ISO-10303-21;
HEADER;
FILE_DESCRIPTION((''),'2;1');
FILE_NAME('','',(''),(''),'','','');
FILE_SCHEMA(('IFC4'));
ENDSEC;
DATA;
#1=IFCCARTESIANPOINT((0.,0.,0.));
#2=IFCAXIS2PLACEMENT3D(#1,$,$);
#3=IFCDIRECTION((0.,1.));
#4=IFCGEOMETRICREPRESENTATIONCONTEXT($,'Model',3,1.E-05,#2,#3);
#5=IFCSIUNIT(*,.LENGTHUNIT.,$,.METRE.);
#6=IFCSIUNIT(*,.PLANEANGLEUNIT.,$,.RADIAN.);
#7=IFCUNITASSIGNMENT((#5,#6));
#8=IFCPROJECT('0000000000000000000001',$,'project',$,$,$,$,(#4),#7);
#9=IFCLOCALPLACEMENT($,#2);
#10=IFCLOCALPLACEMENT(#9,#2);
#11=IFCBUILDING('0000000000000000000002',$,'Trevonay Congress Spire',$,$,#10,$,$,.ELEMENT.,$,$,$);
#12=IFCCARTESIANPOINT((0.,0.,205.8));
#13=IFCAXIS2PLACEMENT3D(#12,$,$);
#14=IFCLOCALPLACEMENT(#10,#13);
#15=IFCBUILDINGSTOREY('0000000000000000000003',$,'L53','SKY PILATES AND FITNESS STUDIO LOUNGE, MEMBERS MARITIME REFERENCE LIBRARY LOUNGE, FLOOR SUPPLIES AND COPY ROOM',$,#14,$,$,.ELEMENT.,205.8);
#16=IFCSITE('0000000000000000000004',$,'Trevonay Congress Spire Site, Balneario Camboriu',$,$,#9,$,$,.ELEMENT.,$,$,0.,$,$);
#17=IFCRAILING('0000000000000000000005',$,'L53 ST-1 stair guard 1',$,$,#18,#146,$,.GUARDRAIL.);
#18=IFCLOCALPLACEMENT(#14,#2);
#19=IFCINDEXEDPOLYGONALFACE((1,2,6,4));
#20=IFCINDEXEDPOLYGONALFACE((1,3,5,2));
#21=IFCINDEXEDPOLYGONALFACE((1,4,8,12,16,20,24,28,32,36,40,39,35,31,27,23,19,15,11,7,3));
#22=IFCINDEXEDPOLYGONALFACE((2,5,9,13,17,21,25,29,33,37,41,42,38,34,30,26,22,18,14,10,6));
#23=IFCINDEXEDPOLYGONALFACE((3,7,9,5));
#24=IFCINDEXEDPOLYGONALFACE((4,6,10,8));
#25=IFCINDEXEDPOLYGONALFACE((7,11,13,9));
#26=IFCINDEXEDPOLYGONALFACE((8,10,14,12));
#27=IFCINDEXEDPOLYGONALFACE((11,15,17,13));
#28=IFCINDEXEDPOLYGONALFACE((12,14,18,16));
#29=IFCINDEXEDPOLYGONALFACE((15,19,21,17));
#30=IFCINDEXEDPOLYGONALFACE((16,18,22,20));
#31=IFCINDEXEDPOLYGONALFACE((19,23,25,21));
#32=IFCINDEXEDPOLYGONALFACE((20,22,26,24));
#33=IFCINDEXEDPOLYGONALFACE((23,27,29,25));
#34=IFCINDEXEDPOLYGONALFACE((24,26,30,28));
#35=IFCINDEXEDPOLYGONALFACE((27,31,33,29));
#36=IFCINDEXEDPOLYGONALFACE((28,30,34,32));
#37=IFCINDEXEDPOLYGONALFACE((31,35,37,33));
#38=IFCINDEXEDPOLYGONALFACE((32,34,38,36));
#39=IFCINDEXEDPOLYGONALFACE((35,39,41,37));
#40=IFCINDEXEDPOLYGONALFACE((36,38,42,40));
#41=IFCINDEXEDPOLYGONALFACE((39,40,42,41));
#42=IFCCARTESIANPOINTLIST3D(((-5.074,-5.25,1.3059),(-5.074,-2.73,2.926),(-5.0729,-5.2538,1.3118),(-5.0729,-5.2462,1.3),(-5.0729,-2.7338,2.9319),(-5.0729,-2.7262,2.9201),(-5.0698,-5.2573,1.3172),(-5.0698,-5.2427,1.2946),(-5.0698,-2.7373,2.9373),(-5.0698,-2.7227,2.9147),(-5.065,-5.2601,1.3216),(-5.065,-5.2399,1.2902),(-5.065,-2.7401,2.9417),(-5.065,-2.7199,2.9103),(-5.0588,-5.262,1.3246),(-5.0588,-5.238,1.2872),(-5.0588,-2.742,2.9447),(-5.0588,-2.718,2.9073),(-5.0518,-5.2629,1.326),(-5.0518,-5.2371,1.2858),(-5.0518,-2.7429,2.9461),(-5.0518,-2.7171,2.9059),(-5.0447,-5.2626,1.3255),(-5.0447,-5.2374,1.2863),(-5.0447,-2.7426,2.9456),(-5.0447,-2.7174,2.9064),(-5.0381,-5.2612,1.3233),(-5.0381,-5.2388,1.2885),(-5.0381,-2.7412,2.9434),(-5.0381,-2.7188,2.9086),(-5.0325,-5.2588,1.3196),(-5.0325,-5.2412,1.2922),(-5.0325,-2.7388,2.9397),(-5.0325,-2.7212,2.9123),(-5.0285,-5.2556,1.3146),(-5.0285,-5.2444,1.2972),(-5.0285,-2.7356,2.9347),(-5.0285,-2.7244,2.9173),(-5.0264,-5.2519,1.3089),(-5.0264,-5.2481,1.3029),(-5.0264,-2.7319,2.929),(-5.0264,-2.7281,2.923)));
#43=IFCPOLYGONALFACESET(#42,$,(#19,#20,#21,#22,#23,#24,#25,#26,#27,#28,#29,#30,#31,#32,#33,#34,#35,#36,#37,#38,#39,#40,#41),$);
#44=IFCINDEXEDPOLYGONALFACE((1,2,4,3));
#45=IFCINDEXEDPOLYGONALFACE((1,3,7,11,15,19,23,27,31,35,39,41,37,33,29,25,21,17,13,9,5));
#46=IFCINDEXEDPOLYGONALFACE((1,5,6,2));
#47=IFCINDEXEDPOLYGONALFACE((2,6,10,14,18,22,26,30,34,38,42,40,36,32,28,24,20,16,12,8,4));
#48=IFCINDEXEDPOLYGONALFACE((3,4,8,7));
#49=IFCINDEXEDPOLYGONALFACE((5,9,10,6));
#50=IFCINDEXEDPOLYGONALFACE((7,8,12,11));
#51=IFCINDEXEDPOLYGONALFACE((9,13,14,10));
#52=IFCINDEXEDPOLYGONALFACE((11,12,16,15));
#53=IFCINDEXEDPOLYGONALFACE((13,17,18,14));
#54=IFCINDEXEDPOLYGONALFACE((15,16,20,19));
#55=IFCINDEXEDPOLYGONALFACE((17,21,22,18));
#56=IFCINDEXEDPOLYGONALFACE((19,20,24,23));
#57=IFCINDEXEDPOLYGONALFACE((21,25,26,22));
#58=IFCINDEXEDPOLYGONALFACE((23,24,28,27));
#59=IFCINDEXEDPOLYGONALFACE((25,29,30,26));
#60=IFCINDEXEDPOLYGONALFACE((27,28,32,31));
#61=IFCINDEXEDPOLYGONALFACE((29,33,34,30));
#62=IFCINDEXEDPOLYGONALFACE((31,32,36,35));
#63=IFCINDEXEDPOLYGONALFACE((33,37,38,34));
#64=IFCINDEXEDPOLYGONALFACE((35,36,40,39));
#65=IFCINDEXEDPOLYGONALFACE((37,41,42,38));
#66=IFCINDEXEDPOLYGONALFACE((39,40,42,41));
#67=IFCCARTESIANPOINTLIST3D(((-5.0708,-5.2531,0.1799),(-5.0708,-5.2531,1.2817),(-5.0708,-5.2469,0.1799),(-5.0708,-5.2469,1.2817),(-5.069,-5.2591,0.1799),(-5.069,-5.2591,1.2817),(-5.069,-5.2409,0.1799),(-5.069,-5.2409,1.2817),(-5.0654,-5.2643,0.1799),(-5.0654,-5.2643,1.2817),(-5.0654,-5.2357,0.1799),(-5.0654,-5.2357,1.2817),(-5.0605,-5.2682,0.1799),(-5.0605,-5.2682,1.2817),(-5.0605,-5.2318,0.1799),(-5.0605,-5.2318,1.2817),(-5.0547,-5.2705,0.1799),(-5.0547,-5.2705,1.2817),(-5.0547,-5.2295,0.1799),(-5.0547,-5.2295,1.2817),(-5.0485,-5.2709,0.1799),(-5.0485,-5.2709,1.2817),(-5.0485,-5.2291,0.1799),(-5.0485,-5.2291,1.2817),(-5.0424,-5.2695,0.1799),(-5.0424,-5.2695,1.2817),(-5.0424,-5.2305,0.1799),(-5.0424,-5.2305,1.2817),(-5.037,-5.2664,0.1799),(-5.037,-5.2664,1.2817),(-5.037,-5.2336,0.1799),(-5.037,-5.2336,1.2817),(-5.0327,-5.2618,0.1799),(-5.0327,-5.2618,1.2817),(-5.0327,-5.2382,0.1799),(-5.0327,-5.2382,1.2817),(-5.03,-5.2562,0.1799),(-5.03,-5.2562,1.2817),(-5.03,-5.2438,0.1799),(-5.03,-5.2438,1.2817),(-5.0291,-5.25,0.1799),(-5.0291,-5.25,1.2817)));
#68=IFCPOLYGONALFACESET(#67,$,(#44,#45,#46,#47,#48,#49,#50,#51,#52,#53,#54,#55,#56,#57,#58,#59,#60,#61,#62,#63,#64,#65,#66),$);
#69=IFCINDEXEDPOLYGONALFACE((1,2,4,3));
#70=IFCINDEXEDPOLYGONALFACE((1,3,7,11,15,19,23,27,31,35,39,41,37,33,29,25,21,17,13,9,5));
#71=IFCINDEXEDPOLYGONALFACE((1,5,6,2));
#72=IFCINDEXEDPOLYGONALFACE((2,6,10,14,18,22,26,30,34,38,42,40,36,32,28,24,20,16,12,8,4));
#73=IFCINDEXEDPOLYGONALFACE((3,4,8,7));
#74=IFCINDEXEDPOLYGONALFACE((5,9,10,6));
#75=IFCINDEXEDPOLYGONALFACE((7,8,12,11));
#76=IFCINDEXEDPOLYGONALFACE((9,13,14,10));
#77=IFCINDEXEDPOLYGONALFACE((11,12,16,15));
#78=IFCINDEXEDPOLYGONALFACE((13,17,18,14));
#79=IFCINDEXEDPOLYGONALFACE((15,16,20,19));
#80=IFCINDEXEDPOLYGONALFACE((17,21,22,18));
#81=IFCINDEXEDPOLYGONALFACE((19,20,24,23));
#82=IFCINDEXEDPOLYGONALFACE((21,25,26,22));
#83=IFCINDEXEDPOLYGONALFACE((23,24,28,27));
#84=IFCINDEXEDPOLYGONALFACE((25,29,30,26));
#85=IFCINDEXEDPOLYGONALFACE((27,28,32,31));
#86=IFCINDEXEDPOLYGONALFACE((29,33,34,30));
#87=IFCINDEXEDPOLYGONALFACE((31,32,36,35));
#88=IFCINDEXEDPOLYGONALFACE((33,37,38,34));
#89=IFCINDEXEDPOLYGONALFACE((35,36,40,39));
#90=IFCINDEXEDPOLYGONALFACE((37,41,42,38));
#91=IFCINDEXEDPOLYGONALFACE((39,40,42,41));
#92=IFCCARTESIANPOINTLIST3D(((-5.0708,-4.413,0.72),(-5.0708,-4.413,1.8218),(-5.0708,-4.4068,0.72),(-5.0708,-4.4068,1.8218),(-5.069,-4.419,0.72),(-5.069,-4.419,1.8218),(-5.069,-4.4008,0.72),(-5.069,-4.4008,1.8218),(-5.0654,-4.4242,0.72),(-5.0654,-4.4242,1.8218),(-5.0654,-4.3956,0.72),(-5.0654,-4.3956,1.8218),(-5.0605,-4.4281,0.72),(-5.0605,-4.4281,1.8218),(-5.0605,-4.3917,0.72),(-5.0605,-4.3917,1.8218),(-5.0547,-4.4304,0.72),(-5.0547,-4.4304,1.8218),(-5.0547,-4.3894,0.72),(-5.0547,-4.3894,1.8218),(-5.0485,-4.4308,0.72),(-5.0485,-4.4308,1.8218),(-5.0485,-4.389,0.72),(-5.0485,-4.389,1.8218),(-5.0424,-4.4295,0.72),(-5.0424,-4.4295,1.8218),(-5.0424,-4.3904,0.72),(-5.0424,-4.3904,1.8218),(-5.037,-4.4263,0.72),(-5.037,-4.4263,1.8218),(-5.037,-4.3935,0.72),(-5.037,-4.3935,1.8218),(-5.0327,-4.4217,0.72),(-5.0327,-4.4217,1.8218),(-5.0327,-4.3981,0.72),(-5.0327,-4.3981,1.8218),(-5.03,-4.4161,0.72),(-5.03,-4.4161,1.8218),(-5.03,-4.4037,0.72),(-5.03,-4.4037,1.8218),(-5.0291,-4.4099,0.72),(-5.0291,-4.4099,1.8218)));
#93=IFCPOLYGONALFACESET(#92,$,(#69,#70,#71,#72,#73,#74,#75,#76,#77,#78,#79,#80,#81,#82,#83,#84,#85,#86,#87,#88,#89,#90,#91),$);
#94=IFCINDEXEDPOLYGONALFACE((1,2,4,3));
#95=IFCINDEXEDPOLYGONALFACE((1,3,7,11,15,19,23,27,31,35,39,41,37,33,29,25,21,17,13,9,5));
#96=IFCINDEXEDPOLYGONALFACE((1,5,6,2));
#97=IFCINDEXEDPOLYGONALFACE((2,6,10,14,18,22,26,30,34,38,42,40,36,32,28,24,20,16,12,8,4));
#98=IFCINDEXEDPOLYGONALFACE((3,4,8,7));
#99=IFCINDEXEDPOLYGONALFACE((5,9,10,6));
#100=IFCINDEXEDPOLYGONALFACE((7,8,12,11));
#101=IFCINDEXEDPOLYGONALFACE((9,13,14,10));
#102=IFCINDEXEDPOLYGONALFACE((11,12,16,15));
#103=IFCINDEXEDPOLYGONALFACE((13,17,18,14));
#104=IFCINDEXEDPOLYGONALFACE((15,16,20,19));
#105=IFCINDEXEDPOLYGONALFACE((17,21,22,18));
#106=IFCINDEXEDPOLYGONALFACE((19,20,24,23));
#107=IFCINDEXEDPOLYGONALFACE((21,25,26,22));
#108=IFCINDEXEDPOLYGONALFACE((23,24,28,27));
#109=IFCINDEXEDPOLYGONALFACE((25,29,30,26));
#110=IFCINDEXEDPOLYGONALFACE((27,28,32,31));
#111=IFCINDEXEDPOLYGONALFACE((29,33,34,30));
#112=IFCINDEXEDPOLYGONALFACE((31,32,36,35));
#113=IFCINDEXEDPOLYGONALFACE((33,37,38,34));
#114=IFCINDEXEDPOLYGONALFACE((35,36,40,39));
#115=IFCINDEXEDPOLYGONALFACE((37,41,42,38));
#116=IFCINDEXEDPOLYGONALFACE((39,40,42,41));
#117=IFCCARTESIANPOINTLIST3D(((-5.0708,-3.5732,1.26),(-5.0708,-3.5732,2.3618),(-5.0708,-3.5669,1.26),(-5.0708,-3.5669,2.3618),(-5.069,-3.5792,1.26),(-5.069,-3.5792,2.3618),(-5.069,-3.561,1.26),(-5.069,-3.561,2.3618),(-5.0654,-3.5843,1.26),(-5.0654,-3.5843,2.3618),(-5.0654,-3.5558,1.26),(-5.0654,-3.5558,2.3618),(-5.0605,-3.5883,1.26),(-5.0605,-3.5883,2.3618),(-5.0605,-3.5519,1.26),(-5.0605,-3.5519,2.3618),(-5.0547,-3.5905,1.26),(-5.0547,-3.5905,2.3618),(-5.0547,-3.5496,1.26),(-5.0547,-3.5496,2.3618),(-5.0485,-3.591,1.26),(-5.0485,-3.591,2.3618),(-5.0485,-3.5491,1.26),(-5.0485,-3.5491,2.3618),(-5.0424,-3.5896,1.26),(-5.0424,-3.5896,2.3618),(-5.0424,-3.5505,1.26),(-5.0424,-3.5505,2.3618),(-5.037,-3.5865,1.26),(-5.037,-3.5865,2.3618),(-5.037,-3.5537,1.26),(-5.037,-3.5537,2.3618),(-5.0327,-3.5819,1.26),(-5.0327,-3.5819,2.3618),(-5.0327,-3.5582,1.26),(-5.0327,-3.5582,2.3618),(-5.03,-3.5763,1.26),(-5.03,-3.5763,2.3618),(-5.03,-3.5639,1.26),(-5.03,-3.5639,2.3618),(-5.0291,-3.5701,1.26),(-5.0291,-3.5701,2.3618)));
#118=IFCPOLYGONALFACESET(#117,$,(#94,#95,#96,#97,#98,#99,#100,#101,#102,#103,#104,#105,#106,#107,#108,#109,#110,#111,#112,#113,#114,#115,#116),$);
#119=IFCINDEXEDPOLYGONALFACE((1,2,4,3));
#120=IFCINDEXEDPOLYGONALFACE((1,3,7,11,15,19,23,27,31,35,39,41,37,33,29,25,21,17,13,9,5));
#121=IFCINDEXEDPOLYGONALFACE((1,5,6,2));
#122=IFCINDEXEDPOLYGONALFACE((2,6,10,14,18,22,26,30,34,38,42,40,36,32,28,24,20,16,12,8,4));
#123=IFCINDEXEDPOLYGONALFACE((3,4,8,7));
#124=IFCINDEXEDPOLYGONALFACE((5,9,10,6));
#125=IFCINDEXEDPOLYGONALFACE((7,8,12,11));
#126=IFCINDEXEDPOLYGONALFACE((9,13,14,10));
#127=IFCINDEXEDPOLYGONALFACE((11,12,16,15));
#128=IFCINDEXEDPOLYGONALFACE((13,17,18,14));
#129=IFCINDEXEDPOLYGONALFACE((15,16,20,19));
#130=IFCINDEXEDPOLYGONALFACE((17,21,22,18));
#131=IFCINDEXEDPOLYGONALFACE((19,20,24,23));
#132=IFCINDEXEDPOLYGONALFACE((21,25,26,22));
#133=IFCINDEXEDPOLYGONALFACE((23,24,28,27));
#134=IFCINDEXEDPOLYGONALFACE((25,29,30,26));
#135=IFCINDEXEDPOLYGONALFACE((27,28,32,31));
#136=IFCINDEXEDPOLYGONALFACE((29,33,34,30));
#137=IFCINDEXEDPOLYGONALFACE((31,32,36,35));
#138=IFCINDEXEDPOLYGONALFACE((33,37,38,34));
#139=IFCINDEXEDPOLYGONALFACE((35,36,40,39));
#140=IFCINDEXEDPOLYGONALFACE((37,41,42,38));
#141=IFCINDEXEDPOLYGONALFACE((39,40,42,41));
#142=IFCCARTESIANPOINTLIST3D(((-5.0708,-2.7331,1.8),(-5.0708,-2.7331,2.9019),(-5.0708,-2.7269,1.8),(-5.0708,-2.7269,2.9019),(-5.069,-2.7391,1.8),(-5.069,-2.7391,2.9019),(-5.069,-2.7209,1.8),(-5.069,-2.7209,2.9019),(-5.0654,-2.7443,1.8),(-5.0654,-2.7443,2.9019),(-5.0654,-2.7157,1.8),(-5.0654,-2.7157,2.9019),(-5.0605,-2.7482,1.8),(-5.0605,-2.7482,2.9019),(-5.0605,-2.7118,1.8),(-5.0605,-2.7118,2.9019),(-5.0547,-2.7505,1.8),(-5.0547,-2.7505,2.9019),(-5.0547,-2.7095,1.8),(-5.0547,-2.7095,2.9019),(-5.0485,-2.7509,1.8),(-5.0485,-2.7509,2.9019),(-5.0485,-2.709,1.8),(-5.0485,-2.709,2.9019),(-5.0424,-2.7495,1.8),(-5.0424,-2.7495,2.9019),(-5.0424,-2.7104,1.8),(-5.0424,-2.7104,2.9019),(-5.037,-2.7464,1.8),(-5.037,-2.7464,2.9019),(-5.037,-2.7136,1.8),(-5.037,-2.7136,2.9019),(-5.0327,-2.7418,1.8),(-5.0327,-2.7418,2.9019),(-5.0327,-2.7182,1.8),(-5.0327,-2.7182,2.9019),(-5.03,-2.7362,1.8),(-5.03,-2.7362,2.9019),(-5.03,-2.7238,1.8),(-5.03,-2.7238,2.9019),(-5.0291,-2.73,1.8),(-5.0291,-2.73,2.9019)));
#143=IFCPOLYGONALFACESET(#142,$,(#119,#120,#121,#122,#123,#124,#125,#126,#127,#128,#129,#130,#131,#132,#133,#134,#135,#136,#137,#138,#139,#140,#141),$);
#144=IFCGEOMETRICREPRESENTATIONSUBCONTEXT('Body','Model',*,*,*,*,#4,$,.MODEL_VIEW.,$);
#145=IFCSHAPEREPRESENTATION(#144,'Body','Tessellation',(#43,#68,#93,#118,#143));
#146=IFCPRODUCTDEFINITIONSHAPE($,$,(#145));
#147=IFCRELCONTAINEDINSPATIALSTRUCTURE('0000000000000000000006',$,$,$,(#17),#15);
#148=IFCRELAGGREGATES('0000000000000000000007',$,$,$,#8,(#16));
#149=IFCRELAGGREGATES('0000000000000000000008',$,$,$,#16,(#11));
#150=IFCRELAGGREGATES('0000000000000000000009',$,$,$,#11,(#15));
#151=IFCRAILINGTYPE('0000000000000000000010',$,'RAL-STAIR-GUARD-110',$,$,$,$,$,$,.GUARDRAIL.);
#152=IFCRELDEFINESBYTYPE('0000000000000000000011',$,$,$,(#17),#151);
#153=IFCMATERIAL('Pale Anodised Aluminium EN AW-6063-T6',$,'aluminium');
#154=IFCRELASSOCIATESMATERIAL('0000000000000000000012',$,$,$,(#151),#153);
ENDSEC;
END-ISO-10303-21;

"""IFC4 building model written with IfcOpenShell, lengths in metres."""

from ifc_helpers import new_model, si_unit, direction, frame, origin, origin_2d, place, context, subcontext, project, spatial, circle, extrude, material, type_object, element, save


model = new_model("IFC4")

# Units and contexts
model_context = context("Model", 3, precision=1e-05, world=origin(), true_north=direction((0.0, 1.0)))
body_context = subcontext(model_context, "Body", "Model", "MODEL_VIEW")
ifc_project = project(units=[si_unit("LENGTHUNIT", "METRE"), si_unit("PLANEANGLEUNIT", "RADIAN")], contexts=[model_context])

# Site, building, storey
site_placement = place(None, origin())
site = spatial("IfcSite", under=ifc_project, at=site_placement, Name="Trevonay Congress Spire Site, Balneario Camboriu", CompositionType="ELEMENT", RefElevation=0.0)
building_placement = place(site_placement, origin())
building = spatial("IfcBuilding", under=site, at=building_placement, Name="Trevonay Congress Spire", CompositionType="ELEMENT")
storey_placement = place(building_placement, frame((0.0, 0.0, 205.8)))
storey = spatial("IfcBuildingStorey", under=building, at=storey_placement, Name="L53", Description="SKY PILATES AND FITNESS STUDIO LOUNGE, MEMBERS MARITIME REFERENCE LIBRARY LOUNGE, FLOOR SUPPLIES AND COPY ROOM", CompositionType="ELEMENT", Elevation=205.8)

# Railing
ifc_material_1 = material(Name="Pale Anodised Aluminium EN AW-6063-T6", Category="aluminium")
railing_type_1 = type_object("IfcRailingType", Name="RAL-STAIR-GUARD-110", PredefinedType="GUARDRAIL", material=ifc_material_1)
railing_1_placement = place(storey_placement, frame((-5.05, -5.25, 0.1799)))
element("IfcRailing", 1, at=railing_1_placement, inside=storey, type_object=railing_type_1, Name="L53 ST-1 stair guard 1", PredefinedType="GUARDRAIL", context=body_context, shape_type="SweptSolid", body=[
    extrude(circle(Radius=0.0239, at=origin_2d()), frame((0.0, 0.0, 1.126), z_axis=(0.0, 0.841163, 0.540782), x_axis=(-1.0, 0.0, 0.0)), (0.0, 0.0, 1.0), 2.9958),
    extrude(circle(Radius=0.021, at=origin_2d()), origin(), (0.0, 0.0, 1.0), 1.1018),
    extrude(circle(Radius=0.021, at=origin_2d()), frame((0.0, 0.8401, 0.54)), (0.0, 0.0, 1.0), 1.1018),
    extrude(circle(Radius=0.021, at=origin_2d()), frame((0.0, 1.6799, 1.0801)), (0.0, 0.0, 1.0), 1.1018),
    extrude(circle(Radius=0.021, at=origin_2d()), frame((0.0, 2.52, 1.6201)), (0.0, 0.0, 1.0), 1.1018),
])

save(model, "model.ifc")
